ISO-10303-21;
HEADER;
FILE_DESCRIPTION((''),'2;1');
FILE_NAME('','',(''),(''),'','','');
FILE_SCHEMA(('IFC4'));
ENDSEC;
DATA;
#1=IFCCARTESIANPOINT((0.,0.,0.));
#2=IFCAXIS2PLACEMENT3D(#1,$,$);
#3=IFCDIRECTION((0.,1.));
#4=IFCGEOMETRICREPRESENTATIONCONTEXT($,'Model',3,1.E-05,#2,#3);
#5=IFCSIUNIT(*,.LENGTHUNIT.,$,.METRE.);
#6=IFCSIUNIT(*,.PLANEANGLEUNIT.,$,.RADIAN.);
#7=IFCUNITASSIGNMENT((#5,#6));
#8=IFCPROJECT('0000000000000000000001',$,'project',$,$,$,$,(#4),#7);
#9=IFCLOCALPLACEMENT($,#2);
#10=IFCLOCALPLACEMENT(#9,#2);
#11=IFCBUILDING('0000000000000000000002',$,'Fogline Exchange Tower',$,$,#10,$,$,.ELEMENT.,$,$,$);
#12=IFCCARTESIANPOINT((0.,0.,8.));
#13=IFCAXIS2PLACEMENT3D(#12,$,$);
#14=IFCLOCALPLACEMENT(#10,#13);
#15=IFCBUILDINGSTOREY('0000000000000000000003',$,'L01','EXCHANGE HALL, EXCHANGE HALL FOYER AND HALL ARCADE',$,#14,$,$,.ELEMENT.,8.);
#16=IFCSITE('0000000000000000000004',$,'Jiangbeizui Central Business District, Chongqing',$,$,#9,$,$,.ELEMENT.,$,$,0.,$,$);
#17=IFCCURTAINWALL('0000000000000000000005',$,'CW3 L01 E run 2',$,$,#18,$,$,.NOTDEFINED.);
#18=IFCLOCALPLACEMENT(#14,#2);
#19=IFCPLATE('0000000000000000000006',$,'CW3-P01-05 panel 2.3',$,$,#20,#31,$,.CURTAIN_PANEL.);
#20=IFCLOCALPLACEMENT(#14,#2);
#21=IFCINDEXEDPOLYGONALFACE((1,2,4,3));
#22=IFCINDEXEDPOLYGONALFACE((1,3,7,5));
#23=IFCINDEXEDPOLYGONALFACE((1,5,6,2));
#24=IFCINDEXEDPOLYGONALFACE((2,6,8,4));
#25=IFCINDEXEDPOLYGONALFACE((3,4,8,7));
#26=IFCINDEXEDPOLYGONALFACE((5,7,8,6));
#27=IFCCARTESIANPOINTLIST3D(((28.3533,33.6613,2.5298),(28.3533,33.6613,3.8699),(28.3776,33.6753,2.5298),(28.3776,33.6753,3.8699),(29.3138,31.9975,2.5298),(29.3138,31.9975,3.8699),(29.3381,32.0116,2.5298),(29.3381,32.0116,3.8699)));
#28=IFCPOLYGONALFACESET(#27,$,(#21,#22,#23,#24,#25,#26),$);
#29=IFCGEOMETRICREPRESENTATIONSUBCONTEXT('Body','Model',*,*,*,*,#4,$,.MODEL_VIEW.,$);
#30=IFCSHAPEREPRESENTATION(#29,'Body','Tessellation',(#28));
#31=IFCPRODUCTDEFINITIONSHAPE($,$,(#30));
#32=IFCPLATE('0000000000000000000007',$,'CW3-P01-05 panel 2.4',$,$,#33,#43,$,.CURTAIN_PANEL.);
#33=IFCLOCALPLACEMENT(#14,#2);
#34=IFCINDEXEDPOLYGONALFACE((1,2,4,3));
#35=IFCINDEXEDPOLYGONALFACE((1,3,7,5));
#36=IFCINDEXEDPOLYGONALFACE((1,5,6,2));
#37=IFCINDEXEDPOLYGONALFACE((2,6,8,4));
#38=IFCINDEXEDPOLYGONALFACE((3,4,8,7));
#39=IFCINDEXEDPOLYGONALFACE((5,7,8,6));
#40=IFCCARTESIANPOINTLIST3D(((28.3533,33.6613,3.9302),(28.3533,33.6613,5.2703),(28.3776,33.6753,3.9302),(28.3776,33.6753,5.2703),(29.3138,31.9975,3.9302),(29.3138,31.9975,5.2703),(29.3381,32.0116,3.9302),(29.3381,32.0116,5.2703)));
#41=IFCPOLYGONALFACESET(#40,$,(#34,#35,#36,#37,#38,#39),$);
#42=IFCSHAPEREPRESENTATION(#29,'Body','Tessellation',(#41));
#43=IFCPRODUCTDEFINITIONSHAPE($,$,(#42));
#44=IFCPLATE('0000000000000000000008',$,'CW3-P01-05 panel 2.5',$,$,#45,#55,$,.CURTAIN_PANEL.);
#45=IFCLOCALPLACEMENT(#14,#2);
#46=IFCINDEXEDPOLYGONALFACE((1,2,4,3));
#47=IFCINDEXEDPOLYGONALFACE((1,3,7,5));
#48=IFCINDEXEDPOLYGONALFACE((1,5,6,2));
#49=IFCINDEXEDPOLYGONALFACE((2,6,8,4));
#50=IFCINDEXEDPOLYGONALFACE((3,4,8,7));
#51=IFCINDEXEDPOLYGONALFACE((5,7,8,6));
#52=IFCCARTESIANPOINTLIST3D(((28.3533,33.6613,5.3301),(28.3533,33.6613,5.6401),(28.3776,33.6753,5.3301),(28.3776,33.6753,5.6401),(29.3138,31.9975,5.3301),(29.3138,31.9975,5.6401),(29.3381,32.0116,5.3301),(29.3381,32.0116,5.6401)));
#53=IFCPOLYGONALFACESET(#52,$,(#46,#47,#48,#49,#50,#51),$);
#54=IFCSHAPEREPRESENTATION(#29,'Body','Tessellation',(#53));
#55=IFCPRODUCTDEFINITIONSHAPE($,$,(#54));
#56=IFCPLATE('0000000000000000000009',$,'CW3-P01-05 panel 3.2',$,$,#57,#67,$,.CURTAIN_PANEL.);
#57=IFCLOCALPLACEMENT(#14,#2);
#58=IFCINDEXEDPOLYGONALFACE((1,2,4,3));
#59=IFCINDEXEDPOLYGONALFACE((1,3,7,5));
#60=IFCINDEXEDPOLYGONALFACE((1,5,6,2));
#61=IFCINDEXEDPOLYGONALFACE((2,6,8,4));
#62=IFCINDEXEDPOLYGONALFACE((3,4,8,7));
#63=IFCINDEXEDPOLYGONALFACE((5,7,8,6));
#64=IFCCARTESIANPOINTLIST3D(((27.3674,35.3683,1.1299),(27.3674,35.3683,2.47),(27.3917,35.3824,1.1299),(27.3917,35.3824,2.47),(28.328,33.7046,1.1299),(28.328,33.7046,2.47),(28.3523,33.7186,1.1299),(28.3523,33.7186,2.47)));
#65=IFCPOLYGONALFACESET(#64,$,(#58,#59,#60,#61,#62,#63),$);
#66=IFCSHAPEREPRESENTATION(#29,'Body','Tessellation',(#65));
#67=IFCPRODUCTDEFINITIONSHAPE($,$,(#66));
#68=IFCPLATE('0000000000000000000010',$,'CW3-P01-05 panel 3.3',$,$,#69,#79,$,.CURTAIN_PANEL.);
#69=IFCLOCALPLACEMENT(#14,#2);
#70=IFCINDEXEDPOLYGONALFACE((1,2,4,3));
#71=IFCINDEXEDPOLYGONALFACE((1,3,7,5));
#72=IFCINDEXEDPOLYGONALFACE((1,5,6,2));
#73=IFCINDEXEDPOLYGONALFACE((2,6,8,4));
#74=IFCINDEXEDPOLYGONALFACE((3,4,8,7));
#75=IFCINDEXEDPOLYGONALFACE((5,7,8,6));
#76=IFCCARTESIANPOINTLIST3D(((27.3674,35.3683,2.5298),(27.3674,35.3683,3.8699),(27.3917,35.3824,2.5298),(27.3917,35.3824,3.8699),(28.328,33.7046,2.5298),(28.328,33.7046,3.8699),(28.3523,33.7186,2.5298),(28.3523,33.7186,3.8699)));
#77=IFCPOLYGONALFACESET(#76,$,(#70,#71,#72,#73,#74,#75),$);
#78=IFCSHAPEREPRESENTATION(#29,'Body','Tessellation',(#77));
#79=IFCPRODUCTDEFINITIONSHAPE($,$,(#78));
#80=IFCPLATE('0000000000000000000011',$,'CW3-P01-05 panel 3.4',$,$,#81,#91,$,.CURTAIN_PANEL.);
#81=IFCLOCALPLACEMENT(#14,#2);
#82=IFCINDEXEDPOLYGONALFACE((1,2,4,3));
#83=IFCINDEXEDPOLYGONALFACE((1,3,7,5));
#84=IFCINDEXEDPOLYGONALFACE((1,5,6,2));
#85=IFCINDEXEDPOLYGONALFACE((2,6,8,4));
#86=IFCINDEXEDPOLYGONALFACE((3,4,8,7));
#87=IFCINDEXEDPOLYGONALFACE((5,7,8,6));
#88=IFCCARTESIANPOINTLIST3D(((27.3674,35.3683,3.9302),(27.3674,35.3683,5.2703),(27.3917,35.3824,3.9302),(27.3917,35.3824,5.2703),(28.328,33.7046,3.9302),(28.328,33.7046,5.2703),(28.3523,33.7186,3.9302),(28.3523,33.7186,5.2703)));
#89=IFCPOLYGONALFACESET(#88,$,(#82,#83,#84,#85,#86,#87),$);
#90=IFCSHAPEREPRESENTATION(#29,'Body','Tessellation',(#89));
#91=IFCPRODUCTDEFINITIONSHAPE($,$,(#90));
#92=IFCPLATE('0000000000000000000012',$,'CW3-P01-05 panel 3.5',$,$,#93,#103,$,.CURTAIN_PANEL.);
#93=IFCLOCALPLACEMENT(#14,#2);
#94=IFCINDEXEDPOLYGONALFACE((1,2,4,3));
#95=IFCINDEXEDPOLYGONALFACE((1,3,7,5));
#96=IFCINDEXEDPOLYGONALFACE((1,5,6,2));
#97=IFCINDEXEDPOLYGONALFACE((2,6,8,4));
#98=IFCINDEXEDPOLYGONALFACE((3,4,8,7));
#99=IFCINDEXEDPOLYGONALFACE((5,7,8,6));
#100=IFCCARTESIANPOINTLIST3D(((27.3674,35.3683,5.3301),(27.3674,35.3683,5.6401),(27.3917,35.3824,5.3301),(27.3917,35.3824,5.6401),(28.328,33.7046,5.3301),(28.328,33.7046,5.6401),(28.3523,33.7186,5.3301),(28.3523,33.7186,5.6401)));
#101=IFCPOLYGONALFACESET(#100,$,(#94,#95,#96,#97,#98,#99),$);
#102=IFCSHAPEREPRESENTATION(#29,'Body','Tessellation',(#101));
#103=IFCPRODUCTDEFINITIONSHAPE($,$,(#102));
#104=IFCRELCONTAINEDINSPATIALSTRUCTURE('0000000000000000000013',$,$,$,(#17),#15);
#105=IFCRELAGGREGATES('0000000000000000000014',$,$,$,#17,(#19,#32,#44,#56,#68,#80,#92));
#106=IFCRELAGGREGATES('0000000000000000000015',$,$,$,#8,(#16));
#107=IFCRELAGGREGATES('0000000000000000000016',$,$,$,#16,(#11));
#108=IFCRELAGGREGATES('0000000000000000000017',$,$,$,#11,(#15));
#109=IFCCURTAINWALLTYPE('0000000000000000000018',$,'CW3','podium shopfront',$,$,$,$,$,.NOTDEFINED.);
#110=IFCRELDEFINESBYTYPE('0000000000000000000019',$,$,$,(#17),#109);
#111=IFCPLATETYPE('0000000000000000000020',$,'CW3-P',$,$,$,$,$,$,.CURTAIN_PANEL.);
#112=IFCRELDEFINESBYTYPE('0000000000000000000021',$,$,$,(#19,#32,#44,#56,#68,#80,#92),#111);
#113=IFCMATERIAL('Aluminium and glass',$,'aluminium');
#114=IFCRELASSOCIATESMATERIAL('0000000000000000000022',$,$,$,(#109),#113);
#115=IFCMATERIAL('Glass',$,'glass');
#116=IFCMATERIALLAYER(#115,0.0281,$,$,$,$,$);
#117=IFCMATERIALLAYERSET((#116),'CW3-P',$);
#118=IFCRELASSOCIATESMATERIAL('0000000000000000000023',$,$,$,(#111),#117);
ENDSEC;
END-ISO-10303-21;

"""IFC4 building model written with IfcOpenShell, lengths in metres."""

from ifc_helpers import new_model, si_unit, direction, frame, origin, origin_2d, place, context, subcontext, project, spatial, rectangle, extrude, material, layer, layer_set, type_object, element, aggregate, save


model = new_model("IFC4")

# Units and contexts
model_context = context("Model", 3, precision=1e-05, world=origin(), true_north=direction((0.0, 1.0)))
body_context = subcontext(model_context, "Body", "Model", "MODEL_VIEW")
ifc_project = project(units=[si_unit("LENGTHUNIT", "METRE"), si_unit("PLANEANGLEUNIT", "RADIAN")], contexts=[model_context])

# Site, building, storey
site_placement = place(None, origin())
site = spatial("IfcSite", under=ifc_project, at=site_placement, Name="Jiangbeizui Central Business District, Chongqing", CompositionType="ELEMENT", RefElevation=0.0)
building_placement = place(site_placement, origin())
building = spatial("IfcBuilding", under=site, at=building_placement, Name="Fogline Exchange Tower", CompositionType="ELEMENT")
storey_placement = place(building_placement, frame((0.0, 0.0, 8.0)))
storey = spatial("IfcBuildingStorey", under=building, at=storey_placement, Name="L01", Description="EXCHANGE HALL, EXCHANGE HALL FOYER AND HALL ARCADE", CompositionType="ELEMENT", Elevation=8.0)

# Curtain wall, plates
ifc_material_1 = material(Name="Aluminium and glass", Category="aluminium")
curtain_wall_type = type_object("IfcCurtainWallType", Name="CW3", Description="podium shopfront", PredefinedType="NOTDEFINED", material=ifc_material_1)
curtain_wall_placement = place(storey_placement, origin())
curtain_wall = element("IfcCurtainWall", 1, at=curtain_wall_placement, inside=storey, type_object=curtain_wall_type, Name="CW3 L01 E run 2", PredefinedType="NOTDEFINED")
ifc_material_2 = material(Name="Glass", Category="glass")
ifc_layer = layer(ifc_material_2, 0.0281)
ifc_layer_set = layer_set([ifc_layer], Name="CW3-P")
plate_type = type_object("IfcPlateType", Name="CW3-P", PredefinedType="CURTAIN_PANEL", material=ifc_layer_set)
plate_1_placement = place(storey_placement, frame((28.8457, 32.8364, 2.5298), z_axis=(0.0, 0.0, 1.0), x_axis=(-0.5, 0.866025, 0.0)))
plate_1 = element("IfcPlate", 2, at=plate_1_placement, type_object=plate_type, Name="CW3-P01-05 panel 2.3", PredefinedType="CURTAIN_PANEL", context=body_context, shape_type="SweptSolid", body=[
    extrude(rectangle(XDim=1.9211, YDim=0.0281, at=origin_2d()), origin(), (0.0, 0.0, 1.0), 1.3401),
])
plate_2_placement = place(storey_placement, frame((28.8457, 32.8364, 3.9302), z_axis=(0.0, 0.0, 1.0), x_axis=(-0.5, 0.866025, 0.0)))
plate_2 = element("IfcPlate", 3, at=plate_2_placement, type_object=plate_type, Name="CW3-P01-05 panel 2.4", PredefinedType="CURTAIN_PANEL", context=body_context, shape_type="SweptSolid", body=[
    extrude(rectangle(XDim=1.9211, YDim=0.0281, at=origin_2d()), origin(), (0.0, 0.0, 1.0), 1.3401),
])
plate_3_placement = place(storey_placement, frame((28.8457, 32.8364, 5.3301), z_axis=(0.0, 0.0, 1.0), x_axis=(-0.5, 0.866025, 0.0)))
plate_3 = element("IfcPlate", 4, at=plate_3_placement, type_object=plate_type, Name="CW3-P01-05 panel 2.5", PredefinedType="CURTAIN_PANEL", context=body_context, shape_type="SweptSolid", body=[
    extrude(rectangle(XDim=1.9211, YDim=0.0281, at=origin_2d()), origin(), (0.0, 0.0, 1.0), 0.3101),
])
plate_4_placement = place(storey_placement, frame((27.8599, 34.5435, 1.1299), z_axis=(0.0, 0.0, 1.0), x_axis=(-0.5, 0.866025, 0.0)))
plate_4 = element("IfcPlate", 5, at=plate_4_placement, type_object=plate_type, Name="CW3-P01-05 panel 3.2", PredefinedType="CURTAIN_PANEL", context=body_context, shape_type="SweptSolid", body=[
    extrude(rectangle(XDim=1.9211, YDim=0.0281, at=origin_2d()), origin(), (0.0, 0.0, 1.0), 1.3401),
])
plate_5_placement = place(storey_placement, frame((27.8599, 34.5435, 2.5298), z_axis=(0.0, 0.0, 1.0), x_axis=(-0.5, 0.866025, 0.0)))
plate_5 = element("IfcPlate", 6, at=plate_5_placement, type_object=plate_type, Name="CW3-P01-05 panel 3.3", PredefinedType="CURTAIN_PANEL", context=body_context, shape_type="SweptSolid", body=[
    extrude(rectangle(XDim=1.9211, YDim=0.0281, at=origin_2d()), origin(), (0.0, 0.0, 1.0), 1.3401),
])
plate_6_placement = place(storey_placement, frame((27.8599, 34.5435, 3.9302), z_axis=(0.0, 0.0, 1.0), x_axis=(-0.5, 0.866025, 0.0)))
plate_6 = element("IfcPlate", 7, at=plate_6_placement, type_object=plate_type, Name="CW3-P01-05 panel 3.4", PredefinedType="CURTAIN_PANEL", context=body_context, shape_type="SweptSolid", body=[
    extrude(rectangle(XDim=1.9211, YDim=0.0281, at=origin_2d()), origin(), (0.0, 0.0, 1.0), 1.3401),
])
plate_7_placement = place(storey_placement, frame((27.8599, 34.5435, 5.3301), z_axis=(0.0, 0.0, 1.0), x_axis=(-0.5, 0.866025, 0.0)))
plate_7 = element("IfcPlate", 8, at=plate_7_placement, type_object=plate_type, Name="CW3-P01-05 panel 3.5", PredefinedType="CURTAIN_PANEL", context=body_context, shape_type="SweptSolid", body=[
    extrude(rectangle(XDim=1.9211, YDim=0.0281, at=origin_2d()), origin(), (0.0, 0.0, 1.0), 0.3101),
])
aggregate(curtain_wall, [plate_1, plate_2, plate_3, plate_4, plate_5, plate_6, plate_7])

save(model, "model.ifc")
